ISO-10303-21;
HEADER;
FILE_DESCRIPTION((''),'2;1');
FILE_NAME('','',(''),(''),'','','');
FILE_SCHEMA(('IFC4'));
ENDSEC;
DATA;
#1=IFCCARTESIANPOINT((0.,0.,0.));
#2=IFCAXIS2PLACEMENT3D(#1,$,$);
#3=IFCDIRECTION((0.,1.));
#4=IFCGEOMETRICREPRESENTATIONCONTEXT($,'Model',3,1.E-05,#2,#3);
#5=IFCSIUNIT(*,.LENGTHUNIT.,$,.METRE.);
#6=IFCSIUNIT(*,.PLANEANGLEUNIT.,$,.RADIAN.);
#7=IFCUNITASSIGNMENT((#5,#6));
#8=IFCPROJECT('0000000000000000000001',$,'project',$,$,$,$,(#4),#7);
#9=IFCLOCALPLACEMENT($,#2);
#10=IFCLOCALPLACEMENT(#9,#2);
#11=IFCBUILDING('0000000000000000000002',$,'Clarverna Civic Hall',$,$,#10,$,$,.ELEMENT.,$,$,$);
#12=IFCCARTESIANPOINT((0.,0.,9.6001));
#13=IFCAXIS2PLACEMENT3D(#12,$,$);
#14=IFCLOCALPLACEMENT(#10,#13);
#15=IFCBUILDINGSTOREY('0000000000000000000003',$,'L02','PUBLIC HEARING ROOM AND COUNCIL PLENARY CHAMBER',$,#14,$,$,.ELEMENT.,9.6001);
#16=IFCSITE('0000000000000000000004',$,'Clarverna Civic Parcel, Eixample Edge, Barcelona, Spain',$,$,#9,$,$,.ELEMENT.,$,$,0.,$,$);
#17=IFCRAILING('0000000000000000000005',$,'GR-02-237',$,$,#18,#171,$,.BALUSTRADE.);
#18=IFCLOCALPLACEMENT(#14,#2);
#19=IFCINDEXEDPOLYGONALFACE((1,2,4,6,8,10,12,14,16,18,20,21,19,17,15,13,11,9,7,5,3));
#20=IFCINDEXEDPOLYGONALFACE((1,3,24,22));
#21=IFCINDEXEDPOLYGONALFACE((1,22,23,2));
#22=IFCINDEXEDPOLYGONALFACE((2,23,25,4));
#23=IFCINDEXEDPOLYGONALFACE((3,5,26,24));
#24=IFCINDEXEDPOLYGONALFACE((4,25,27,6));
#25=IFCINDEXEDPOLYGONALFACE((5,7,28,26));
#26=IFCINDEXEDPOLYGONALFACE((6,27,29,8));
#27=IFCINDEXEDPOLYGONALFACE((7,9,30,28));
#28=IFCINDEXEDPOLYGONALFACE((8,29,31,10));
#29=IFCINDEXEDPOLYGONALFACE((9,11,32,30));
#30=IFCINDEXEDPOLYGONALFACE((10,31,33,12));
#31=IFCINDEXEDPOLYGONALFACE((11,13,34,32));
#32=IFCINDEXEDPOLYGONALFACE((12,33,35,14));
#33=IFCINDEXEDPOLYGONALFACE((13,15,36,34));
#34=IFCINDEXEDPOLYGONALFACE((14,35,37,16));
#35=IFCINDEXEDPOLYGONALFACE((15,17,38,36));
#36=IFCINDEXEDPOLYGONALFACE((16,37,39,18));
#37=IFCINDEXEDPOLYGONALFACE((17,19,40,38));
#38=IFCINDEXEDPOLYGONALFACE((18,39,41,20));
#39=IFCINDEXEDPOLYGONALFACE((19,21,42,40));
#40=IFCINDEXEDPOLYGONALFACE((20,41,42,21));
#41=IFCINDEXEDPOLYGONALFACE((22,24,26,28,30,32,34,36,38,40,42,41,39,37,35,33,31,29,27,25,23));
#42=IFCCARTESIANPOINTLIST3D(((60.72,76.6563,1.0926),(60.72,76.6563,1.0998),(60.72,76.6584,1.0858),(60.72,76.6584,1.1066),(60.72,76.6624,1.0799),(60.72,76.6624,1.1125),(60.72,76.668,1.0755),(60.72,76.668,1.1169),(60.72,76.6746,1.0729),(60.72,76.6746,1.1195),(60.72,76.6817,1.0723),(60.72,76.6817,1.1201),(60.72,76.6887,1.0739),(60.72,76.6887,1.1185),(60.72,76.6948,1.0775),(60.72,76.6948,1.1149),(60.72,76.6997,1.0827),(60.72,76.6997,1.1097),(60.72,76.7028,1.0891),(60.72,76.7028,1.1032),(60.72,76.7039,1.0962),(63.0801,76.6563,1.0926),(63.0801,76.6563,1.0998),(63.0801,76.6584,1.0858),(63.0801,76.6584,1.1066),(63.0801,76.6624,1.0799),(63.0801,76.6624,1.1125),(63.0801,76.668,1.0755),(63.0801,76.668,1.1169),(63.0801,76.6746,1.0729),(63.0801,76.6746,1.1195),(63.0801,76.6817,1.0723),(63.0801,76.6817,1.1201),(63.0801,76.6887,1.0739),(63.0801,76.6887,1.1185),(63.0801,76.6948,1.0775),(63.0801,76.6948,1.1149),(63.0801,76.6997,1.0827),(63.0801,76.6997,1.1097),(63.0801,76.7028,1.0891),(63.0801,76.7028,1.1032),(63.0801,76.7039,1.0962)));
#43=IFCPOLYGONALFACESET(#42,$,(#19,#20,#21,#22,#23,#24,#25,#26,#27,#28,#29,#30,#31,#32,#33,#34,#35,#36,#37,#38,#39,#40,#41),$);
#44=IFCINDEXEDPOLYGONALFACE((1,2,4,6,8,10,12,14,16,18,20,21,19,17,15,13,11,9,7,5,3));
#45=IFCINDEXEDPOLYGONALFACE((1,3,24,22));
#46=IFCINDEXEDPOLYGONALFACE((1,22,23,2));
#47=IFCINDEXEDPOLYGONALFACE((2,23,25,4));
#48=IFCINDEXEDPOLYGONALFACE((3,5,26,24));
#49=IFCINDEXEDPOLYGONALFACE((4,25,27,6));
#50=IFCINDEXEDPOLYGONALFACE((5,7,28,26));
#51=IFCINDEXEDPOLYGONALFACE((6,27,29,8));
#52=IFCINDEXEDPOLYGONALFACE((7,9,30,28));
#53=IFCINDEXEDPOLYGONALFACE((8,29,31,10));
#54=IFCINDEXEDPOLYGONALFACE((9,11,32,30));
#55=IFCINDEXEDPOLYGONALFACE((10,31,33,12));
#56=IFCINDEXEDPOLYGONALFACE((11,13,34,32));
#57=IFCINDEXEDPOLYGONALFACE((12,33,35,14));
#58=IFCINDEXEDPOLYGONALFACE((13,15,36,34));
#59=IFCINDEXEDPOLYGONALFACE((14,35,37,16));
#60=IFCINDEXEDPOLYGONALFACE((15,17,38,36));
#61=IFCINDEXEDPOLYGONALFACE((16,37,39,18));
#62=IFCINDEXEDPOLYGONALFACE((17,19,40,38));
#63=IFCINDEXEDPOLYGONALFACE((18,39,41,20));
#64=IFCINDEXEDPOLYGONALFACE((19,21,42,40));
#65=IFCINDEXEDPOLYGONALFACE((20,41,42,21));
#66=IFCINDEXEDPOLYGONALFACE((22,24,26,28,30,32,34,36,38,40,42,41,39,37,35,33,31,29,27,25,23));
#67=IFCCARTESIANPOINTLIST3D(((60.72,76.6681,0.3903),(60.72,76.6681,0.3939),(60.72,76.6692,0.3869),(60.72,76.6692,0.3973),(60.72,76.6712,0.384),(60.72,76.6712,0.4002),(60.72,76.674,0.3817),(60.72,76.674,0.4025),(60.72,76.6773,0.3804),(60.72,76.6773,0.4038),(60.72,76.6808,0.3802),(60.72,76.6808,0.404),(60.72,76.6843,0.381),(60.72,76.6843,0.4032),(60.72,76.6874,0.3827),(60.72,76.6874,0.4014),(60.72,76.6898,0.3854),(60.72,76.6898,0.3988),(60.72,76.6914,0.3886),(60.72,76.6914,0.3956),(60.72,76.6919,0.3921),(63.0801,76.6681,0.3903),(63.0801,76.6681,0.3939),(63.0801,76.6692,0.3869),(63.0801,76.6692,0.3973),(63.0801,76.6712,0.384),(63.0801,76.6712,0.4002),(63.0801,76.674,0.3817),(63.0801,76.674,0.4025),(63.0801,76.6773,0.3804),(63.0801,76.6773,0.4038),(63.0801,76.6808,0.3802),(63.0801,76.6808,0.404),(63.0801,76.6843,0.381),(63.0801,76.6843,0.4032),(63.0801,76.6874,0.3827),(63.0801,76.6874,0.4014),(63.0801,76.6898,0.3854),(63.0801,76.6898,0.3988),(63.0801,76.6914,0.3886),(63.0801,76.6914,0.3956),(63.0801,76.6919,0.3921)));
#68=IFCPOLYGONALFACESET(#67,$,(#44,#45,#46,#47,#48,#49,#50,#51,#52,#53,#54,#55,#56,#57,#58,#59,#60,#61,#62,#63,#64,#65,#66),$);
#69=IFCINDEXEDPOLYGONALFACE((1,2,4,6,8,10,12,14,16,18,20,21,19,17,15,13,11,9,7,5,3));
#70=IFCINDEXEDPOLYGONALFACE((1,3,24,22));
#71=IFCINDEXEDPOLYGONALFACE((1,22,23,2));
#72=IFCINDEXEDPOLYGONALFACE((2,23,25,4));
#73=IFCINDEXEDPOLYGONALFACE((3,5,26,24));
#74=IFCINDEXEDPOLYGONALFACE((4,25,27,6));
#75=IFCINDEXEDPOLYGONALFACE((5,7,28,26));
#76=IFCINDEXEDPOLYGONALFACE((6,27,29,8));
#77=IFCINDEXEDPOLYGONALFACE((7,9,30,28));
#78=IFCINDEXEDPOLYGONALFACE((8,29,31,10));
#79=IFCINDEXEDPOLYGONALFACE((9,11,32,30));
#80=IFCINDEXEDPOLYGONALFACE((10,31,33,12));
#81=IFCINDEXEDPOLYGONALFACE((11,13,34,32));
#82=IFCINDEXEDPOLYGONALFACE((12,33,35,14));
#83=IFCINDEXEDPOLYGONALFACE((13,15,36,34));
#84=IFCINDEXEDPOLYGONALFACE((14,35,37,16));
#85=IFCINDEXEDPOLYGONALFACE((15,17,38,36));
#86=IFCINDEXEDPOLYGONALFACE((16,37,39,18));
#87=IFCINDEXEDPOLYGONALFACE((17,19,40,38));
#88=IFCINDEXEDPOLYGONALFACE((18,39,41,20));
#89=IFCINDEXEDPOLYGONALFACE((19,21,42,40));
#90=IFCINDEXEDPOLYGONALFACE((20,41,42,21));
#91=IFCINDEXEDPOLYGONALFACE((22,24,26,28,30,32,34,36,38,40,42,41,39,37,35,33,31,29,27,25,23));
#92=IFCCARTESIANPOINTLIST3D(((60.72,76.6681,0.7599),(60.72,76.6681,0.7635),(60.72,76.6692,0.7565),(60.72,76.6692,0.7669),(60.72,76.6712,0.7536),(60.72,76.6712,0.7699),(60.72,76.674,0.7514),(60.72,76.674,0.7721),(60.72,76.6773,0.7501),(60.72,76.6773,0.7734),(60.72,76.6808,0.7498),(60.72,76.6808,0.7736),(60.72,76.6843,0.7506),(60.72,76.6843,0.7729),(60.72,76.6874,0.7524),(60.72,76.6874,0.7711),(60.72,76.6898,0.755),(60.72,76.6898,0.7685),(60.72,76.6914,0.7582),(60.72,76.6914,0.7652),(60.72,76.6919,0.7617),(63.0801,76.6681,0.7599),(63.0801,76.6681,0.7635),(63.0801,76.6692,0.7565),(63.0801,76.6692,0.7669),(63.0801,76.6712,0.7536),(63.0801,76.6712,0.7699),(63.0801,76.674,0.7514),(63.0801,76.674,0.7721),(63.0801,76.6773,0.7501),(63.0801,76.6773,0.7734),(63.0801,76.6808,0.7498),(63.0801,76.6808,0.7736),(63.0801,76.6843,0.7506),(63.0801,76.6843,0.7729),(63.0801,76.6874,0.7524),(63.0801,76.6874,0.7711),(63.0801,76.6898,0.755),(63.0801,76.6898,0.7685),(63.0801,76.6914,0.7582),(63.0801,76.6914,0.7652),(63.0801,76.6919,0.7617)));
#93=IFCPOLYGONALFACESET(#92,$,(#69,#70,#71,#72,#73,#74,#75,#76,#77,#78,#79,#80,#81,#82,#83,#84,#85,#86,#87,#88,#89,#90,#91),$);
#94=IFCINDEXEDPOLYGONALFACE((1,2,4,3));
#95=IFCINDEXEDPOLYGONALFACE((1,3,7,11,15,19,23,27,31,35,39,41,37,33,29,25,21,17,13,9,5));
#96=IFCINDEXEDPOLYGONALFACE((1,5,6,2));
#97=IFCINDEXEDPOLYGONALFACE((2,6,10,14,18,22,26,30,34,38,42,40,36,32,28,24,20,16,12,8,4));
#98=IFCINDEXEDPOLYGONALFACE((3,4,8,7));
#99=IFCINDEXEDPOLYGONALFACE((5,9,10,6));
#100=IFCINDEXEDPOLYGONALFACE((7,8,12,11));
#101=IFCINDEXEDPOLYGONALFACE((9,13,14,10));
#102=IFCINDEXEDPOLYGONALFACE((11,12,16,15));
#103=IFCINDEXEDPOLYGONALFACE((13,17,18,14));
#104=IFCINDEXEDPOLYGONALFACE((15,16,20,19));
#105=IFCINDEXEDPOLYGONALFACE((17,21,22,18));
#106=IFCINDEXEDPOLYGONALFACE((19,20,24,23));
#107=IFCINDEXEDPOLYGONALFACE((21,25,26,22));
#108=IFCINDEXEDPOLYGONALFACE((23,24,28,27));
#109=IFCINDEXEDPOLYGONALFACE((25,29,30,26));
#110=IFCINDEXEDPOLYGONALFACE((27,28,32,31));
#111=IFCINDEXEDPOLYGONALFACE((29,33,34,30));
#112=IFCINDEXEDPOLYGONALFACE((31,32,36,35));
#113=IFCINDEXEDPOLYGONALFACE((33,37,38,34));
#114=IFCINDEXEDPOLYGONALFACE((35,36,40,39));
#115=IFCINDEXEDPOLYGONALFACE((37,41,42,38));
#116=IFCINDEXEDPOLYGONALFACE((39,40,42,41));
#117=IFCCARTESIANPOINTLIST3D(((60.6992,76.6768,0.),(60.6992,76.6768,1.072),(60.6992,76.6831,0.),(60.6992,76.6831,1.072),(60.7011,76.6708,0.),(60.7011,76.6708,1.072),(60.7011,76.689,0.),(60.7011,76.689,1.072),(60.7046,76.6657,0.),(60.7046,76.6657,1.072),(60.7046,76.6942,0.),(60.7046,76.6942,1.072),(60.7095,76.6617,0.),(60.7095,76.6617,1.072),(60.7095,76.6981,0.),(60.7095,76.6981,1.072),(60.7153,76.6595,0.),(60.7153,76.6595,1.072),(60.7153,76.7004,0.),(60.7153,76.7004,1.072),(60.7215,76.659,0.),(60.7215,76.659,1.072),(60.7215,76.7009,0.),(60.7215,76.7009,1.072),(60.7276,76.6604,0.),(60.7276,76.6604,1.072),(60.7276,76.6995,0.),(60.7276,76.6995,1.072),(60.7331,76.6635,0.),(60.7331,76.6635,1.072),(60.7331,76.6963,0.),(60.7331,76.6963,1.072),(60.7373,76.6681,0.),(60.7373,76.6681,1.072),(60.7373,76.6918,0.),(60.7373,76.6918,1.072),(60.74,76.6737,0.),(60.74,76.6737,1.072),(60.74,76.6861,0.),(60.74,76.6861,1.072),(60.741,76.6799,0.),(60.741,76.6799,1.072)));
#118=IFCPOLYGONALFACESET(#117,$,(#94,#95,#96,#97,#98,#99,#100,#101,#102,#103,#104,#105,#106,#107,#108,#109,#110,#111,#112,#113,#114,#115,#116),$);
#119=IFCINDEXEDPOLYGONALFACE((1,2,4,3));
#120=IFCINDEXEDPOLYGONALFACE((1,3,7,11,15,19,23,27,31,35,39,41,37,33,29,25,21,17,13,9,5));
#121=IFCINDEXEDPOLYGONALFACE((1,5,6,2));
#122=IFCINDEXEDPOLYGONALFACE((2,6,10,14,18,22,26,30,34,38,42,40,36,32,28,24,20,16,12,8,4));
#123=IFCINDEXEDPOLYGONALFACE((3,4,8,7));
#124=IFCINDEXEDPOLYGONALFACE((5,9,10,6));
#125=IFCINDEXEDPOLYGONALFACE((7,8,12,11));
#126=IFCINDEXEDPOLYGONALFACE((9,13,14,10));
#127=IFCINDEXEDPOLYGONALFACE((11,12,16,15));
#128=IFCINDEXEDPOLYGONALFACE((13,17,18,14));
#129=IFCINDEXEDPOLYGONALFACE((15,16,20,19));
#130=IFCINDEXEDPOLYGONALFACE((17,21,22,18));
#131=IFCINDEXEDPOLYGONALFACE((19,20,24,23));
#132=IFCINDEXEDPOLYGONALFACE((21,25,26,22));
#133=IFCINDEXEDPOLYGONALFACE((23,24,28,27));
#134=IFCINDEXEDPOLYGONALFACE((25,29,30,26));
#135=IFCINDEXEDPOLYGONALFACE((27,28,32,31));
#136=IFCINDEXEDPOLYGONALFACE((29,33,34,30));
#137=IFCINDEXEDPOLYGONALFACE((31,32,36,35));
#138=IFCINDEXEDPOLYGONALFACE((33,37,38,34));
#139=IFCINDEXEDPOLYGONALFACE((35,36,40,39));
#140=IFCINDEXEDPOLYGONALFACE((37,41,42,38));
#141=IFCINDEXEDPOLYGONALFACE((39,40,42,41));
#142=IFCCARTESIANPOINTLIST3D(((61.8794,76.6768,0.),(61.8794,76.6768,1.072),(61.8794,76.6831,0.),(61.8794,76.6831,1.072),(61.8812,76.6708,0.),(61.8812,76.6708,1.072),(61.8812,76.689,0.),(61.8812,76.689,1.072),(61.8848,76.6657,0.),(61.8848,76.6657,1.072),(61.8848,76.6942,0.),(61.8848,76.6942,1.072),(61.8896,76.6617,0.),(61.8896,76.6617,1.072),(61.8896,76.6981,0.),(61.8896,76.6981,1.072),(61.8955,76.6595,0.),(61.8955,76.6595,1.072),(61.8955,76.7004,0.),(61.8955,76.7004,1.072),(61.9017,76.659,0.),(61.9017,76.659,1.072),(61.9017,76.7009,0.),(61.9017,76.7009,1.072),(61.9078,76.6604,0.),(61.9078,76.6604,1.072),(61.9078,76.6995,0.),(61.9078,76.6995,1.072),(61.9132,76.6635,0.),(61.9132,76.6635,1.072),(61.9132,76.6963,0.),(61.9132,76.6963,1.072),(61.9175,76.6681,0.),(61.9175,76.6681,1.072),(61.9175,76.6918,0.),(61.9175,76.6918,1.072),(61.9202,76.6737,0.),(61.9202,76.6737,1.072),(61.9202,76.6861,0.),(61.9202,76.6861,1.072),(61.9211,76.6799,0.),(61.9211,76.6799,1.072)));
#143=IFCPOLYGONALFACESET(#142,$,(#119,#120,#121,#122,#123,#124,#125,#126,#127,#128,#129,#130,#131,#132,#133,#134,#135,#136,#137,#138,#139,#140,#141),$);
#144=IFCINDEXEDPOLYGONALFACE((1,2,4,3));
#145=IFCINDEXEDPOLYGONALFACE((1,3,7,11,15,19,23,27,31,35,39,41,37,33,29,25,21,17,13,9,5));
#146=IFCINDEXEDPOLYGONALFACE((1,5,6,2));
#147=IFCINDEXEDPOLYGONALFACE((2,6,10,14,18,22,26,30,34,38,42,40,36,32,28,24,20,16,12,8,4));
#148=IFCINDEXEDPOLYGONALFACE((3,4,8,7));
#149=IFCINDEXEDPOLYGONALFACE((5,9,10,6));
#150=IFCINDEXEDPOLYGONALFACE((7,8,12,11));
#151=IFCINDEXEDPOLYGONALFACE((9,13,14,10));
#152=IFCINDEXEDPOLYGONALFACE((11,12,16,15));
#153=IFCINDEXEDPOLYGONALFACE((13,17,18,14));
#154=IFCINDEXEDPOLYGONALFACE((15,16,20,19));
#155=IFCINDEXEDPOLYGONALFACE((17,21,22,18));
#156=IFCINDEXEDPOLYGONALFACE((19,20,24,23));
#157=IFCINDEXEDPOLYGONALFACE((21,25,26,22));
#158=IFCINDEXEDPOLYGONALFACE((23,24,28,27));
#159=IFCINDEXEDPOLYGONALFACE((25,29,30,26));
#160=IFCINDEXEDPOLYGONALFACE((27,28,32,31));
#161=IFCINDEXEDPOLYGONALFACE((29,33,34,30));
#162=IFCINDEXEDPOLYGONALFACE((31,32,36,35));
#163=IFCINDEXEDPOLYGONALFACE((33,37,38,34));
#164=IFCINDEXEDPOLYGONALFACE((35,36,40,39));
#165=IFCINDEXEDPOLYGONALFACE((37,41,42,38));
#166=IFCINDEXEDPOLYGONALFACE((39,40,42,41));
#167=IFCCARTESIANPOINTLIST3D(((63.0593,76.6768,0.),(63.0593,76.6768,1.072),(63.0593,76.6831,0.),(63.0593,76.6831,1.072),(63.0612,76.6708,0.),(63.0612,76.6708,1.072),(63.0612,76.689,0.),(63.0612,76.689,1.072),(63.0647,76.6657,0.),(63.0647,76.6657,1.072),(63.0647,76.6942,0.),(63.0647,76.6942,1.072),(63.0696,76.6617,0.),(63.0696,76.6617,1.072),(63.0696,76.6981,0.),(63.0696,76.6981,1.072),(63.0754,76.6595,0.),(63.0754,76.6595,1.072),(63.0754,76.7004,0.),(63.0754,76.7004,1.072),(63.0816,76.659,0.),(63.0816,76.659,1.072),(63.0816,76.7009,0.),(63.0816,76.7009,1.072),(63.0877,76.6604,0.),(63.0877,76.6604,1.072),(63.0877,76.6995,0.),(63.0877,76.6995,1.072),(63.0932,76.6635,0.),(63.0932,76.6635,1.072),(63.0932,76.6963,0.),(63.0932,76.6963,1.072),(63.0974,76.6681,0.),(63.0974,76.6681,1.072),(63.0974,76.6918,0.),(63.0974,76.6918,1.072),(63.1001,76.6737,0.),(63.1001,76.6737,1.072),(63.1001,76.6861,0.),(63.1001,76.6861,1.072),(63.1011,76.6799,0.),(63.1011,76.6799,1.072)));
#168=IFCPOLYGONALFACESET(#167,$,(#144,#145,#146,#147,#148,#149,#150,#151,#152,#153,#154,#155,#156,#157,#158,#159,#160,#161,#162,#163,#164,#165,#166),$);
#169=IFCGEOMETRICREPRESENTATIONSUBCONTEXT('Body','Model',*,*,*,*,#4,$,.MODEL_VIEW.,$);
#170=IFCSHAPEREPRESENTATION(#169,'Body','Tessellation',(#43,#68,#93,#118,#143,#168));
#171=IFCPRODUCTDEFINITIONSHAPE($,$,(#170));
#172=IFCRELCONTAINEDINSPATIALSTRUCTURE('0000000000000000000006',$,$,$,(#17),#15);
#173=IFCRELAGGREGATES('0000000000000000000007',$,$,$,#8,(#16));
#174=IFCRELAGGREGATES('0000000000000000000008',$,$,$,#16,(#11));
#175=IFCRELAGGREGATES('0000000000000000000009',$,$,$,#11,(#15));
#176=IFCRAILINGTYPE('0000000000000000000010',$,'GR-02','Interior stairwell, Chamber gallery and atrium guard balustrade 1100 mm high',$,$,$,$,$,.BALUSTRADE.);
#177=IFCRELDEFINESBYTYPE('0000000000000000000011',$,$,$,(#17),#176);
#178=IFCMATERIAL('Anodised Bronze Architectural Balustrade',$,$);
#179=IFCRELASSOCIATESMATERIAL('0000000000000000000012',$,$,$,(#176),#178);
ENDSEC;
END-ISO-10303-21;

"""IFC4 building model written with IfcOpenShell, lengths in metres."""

from ifc_helpers import new_model, si_unit, direction, frame, origin, origin_2d, place, context, subcontext, project, spatial, circle, extrude, material, type_object, element, save


model = new_model("IFC4")

# Units and contexts
model_context = context("Model", 3, precision=1e-05, world=origin(), true_north=direction((0.0, 1.0)))
body_context = subcontext(model_context, "Body", "Model", "MODEL_VIEW")
ifc_project = project(units=[si_unit("LENGTHUNIT", "METRE"), si_unit("PLANEANGLEUNIT", "RADIAN")], contexts=[model_context])

# Site, building, storey
site_placement = place(None, origin())
site = spatial("IfcSite", under=ifc_project, at=site_placement, Name="Clarverna Civic Parcel, Eixample Edge, Barcelona, Spain", CompositionType="ELEMENT", RefElevation=0.0)
building_placement = place(site_placement, origin())
building = spatial("IfcBuilding", under=site, at=building_placement, Name="Clarverna Civic Hall", CompositionType="ELEMENT")
storey_placement = place(building_placement, frame((0.0, 0.0, 9.6001)))
storey = spatial("IfcBuildingStorey", under=building, at=storey_placement, Name="L02", Description="PUBLIC HEARING ROOM AND COUNCIL PLENARY CHAMBER", CompositionType="ELEMENT", Elevation=9.6001)

# Railing
ifc_material_1 = material(Name="Anodised Bronze Architectural Balustrade")
railing_type = type_object("IfcRailingType", Name="GR-02", Description="Interior stairwell, Chamber gallery and atrium guard balustrade 1100 mm high", PredefinedType="BALUSTRADE", material=ifc_material_1)
railing_1_placement = place(storey_placement, frame((60.72, 76.6799, 0.0)))
element("IfcRailing", 1, at=railing_1_placement, inside=storey, type_object=railing_type, Name="GR-02-237", PredefinedType="BALUSTRADE", context=body_context, shape_type="SweptSolid", body=[
    extrude(circle(Radius=0.0239, at=origin_2d()), frame((0.0, 0.0, 1.0962), z_axis=(1.0, 0.0, 0.0), x_axis=(0.0, 1.0, 0.0)), (0.0, 0.0, 1.0), 2.3601),
    extrude(circle(Radius=0.012, at=origin_2d()), frame((0.0, 0.0, 0.3921), z_axis=(1.0, 0.0, 0.0), x_axis=(0.0, 1.0, 0.0)), (0.0, 0.0, 1.0), 2.3601),
    extrude(circle(Radius=0.012, at=origin_2d()), frame((0.0, 0.0, 0.7617), z_axis=(1.0, 0.0, 0.0), x_axis=(0.0, 1.0, 0.0)), (0.0, 0.0, 1.0), 2.3601),
    extrude(circle(Radius=0.021, at=origin_2d()), origin(), (0.0, 0.0, 1.0), 1.072),
    extrude(circle(Radius=0.021, at=origin_2d()), frame((1.1802, 0.0, 0.0)), (0.0, 0.0, 1.0), 1.072),
    extrude(circle(Radius=0.021, at=origin_2d()), frame((2.3601, 0.0, 0.0)), (0.0, 0.0, 1.0), 1.072),
])

save(model, "model.ifc")
